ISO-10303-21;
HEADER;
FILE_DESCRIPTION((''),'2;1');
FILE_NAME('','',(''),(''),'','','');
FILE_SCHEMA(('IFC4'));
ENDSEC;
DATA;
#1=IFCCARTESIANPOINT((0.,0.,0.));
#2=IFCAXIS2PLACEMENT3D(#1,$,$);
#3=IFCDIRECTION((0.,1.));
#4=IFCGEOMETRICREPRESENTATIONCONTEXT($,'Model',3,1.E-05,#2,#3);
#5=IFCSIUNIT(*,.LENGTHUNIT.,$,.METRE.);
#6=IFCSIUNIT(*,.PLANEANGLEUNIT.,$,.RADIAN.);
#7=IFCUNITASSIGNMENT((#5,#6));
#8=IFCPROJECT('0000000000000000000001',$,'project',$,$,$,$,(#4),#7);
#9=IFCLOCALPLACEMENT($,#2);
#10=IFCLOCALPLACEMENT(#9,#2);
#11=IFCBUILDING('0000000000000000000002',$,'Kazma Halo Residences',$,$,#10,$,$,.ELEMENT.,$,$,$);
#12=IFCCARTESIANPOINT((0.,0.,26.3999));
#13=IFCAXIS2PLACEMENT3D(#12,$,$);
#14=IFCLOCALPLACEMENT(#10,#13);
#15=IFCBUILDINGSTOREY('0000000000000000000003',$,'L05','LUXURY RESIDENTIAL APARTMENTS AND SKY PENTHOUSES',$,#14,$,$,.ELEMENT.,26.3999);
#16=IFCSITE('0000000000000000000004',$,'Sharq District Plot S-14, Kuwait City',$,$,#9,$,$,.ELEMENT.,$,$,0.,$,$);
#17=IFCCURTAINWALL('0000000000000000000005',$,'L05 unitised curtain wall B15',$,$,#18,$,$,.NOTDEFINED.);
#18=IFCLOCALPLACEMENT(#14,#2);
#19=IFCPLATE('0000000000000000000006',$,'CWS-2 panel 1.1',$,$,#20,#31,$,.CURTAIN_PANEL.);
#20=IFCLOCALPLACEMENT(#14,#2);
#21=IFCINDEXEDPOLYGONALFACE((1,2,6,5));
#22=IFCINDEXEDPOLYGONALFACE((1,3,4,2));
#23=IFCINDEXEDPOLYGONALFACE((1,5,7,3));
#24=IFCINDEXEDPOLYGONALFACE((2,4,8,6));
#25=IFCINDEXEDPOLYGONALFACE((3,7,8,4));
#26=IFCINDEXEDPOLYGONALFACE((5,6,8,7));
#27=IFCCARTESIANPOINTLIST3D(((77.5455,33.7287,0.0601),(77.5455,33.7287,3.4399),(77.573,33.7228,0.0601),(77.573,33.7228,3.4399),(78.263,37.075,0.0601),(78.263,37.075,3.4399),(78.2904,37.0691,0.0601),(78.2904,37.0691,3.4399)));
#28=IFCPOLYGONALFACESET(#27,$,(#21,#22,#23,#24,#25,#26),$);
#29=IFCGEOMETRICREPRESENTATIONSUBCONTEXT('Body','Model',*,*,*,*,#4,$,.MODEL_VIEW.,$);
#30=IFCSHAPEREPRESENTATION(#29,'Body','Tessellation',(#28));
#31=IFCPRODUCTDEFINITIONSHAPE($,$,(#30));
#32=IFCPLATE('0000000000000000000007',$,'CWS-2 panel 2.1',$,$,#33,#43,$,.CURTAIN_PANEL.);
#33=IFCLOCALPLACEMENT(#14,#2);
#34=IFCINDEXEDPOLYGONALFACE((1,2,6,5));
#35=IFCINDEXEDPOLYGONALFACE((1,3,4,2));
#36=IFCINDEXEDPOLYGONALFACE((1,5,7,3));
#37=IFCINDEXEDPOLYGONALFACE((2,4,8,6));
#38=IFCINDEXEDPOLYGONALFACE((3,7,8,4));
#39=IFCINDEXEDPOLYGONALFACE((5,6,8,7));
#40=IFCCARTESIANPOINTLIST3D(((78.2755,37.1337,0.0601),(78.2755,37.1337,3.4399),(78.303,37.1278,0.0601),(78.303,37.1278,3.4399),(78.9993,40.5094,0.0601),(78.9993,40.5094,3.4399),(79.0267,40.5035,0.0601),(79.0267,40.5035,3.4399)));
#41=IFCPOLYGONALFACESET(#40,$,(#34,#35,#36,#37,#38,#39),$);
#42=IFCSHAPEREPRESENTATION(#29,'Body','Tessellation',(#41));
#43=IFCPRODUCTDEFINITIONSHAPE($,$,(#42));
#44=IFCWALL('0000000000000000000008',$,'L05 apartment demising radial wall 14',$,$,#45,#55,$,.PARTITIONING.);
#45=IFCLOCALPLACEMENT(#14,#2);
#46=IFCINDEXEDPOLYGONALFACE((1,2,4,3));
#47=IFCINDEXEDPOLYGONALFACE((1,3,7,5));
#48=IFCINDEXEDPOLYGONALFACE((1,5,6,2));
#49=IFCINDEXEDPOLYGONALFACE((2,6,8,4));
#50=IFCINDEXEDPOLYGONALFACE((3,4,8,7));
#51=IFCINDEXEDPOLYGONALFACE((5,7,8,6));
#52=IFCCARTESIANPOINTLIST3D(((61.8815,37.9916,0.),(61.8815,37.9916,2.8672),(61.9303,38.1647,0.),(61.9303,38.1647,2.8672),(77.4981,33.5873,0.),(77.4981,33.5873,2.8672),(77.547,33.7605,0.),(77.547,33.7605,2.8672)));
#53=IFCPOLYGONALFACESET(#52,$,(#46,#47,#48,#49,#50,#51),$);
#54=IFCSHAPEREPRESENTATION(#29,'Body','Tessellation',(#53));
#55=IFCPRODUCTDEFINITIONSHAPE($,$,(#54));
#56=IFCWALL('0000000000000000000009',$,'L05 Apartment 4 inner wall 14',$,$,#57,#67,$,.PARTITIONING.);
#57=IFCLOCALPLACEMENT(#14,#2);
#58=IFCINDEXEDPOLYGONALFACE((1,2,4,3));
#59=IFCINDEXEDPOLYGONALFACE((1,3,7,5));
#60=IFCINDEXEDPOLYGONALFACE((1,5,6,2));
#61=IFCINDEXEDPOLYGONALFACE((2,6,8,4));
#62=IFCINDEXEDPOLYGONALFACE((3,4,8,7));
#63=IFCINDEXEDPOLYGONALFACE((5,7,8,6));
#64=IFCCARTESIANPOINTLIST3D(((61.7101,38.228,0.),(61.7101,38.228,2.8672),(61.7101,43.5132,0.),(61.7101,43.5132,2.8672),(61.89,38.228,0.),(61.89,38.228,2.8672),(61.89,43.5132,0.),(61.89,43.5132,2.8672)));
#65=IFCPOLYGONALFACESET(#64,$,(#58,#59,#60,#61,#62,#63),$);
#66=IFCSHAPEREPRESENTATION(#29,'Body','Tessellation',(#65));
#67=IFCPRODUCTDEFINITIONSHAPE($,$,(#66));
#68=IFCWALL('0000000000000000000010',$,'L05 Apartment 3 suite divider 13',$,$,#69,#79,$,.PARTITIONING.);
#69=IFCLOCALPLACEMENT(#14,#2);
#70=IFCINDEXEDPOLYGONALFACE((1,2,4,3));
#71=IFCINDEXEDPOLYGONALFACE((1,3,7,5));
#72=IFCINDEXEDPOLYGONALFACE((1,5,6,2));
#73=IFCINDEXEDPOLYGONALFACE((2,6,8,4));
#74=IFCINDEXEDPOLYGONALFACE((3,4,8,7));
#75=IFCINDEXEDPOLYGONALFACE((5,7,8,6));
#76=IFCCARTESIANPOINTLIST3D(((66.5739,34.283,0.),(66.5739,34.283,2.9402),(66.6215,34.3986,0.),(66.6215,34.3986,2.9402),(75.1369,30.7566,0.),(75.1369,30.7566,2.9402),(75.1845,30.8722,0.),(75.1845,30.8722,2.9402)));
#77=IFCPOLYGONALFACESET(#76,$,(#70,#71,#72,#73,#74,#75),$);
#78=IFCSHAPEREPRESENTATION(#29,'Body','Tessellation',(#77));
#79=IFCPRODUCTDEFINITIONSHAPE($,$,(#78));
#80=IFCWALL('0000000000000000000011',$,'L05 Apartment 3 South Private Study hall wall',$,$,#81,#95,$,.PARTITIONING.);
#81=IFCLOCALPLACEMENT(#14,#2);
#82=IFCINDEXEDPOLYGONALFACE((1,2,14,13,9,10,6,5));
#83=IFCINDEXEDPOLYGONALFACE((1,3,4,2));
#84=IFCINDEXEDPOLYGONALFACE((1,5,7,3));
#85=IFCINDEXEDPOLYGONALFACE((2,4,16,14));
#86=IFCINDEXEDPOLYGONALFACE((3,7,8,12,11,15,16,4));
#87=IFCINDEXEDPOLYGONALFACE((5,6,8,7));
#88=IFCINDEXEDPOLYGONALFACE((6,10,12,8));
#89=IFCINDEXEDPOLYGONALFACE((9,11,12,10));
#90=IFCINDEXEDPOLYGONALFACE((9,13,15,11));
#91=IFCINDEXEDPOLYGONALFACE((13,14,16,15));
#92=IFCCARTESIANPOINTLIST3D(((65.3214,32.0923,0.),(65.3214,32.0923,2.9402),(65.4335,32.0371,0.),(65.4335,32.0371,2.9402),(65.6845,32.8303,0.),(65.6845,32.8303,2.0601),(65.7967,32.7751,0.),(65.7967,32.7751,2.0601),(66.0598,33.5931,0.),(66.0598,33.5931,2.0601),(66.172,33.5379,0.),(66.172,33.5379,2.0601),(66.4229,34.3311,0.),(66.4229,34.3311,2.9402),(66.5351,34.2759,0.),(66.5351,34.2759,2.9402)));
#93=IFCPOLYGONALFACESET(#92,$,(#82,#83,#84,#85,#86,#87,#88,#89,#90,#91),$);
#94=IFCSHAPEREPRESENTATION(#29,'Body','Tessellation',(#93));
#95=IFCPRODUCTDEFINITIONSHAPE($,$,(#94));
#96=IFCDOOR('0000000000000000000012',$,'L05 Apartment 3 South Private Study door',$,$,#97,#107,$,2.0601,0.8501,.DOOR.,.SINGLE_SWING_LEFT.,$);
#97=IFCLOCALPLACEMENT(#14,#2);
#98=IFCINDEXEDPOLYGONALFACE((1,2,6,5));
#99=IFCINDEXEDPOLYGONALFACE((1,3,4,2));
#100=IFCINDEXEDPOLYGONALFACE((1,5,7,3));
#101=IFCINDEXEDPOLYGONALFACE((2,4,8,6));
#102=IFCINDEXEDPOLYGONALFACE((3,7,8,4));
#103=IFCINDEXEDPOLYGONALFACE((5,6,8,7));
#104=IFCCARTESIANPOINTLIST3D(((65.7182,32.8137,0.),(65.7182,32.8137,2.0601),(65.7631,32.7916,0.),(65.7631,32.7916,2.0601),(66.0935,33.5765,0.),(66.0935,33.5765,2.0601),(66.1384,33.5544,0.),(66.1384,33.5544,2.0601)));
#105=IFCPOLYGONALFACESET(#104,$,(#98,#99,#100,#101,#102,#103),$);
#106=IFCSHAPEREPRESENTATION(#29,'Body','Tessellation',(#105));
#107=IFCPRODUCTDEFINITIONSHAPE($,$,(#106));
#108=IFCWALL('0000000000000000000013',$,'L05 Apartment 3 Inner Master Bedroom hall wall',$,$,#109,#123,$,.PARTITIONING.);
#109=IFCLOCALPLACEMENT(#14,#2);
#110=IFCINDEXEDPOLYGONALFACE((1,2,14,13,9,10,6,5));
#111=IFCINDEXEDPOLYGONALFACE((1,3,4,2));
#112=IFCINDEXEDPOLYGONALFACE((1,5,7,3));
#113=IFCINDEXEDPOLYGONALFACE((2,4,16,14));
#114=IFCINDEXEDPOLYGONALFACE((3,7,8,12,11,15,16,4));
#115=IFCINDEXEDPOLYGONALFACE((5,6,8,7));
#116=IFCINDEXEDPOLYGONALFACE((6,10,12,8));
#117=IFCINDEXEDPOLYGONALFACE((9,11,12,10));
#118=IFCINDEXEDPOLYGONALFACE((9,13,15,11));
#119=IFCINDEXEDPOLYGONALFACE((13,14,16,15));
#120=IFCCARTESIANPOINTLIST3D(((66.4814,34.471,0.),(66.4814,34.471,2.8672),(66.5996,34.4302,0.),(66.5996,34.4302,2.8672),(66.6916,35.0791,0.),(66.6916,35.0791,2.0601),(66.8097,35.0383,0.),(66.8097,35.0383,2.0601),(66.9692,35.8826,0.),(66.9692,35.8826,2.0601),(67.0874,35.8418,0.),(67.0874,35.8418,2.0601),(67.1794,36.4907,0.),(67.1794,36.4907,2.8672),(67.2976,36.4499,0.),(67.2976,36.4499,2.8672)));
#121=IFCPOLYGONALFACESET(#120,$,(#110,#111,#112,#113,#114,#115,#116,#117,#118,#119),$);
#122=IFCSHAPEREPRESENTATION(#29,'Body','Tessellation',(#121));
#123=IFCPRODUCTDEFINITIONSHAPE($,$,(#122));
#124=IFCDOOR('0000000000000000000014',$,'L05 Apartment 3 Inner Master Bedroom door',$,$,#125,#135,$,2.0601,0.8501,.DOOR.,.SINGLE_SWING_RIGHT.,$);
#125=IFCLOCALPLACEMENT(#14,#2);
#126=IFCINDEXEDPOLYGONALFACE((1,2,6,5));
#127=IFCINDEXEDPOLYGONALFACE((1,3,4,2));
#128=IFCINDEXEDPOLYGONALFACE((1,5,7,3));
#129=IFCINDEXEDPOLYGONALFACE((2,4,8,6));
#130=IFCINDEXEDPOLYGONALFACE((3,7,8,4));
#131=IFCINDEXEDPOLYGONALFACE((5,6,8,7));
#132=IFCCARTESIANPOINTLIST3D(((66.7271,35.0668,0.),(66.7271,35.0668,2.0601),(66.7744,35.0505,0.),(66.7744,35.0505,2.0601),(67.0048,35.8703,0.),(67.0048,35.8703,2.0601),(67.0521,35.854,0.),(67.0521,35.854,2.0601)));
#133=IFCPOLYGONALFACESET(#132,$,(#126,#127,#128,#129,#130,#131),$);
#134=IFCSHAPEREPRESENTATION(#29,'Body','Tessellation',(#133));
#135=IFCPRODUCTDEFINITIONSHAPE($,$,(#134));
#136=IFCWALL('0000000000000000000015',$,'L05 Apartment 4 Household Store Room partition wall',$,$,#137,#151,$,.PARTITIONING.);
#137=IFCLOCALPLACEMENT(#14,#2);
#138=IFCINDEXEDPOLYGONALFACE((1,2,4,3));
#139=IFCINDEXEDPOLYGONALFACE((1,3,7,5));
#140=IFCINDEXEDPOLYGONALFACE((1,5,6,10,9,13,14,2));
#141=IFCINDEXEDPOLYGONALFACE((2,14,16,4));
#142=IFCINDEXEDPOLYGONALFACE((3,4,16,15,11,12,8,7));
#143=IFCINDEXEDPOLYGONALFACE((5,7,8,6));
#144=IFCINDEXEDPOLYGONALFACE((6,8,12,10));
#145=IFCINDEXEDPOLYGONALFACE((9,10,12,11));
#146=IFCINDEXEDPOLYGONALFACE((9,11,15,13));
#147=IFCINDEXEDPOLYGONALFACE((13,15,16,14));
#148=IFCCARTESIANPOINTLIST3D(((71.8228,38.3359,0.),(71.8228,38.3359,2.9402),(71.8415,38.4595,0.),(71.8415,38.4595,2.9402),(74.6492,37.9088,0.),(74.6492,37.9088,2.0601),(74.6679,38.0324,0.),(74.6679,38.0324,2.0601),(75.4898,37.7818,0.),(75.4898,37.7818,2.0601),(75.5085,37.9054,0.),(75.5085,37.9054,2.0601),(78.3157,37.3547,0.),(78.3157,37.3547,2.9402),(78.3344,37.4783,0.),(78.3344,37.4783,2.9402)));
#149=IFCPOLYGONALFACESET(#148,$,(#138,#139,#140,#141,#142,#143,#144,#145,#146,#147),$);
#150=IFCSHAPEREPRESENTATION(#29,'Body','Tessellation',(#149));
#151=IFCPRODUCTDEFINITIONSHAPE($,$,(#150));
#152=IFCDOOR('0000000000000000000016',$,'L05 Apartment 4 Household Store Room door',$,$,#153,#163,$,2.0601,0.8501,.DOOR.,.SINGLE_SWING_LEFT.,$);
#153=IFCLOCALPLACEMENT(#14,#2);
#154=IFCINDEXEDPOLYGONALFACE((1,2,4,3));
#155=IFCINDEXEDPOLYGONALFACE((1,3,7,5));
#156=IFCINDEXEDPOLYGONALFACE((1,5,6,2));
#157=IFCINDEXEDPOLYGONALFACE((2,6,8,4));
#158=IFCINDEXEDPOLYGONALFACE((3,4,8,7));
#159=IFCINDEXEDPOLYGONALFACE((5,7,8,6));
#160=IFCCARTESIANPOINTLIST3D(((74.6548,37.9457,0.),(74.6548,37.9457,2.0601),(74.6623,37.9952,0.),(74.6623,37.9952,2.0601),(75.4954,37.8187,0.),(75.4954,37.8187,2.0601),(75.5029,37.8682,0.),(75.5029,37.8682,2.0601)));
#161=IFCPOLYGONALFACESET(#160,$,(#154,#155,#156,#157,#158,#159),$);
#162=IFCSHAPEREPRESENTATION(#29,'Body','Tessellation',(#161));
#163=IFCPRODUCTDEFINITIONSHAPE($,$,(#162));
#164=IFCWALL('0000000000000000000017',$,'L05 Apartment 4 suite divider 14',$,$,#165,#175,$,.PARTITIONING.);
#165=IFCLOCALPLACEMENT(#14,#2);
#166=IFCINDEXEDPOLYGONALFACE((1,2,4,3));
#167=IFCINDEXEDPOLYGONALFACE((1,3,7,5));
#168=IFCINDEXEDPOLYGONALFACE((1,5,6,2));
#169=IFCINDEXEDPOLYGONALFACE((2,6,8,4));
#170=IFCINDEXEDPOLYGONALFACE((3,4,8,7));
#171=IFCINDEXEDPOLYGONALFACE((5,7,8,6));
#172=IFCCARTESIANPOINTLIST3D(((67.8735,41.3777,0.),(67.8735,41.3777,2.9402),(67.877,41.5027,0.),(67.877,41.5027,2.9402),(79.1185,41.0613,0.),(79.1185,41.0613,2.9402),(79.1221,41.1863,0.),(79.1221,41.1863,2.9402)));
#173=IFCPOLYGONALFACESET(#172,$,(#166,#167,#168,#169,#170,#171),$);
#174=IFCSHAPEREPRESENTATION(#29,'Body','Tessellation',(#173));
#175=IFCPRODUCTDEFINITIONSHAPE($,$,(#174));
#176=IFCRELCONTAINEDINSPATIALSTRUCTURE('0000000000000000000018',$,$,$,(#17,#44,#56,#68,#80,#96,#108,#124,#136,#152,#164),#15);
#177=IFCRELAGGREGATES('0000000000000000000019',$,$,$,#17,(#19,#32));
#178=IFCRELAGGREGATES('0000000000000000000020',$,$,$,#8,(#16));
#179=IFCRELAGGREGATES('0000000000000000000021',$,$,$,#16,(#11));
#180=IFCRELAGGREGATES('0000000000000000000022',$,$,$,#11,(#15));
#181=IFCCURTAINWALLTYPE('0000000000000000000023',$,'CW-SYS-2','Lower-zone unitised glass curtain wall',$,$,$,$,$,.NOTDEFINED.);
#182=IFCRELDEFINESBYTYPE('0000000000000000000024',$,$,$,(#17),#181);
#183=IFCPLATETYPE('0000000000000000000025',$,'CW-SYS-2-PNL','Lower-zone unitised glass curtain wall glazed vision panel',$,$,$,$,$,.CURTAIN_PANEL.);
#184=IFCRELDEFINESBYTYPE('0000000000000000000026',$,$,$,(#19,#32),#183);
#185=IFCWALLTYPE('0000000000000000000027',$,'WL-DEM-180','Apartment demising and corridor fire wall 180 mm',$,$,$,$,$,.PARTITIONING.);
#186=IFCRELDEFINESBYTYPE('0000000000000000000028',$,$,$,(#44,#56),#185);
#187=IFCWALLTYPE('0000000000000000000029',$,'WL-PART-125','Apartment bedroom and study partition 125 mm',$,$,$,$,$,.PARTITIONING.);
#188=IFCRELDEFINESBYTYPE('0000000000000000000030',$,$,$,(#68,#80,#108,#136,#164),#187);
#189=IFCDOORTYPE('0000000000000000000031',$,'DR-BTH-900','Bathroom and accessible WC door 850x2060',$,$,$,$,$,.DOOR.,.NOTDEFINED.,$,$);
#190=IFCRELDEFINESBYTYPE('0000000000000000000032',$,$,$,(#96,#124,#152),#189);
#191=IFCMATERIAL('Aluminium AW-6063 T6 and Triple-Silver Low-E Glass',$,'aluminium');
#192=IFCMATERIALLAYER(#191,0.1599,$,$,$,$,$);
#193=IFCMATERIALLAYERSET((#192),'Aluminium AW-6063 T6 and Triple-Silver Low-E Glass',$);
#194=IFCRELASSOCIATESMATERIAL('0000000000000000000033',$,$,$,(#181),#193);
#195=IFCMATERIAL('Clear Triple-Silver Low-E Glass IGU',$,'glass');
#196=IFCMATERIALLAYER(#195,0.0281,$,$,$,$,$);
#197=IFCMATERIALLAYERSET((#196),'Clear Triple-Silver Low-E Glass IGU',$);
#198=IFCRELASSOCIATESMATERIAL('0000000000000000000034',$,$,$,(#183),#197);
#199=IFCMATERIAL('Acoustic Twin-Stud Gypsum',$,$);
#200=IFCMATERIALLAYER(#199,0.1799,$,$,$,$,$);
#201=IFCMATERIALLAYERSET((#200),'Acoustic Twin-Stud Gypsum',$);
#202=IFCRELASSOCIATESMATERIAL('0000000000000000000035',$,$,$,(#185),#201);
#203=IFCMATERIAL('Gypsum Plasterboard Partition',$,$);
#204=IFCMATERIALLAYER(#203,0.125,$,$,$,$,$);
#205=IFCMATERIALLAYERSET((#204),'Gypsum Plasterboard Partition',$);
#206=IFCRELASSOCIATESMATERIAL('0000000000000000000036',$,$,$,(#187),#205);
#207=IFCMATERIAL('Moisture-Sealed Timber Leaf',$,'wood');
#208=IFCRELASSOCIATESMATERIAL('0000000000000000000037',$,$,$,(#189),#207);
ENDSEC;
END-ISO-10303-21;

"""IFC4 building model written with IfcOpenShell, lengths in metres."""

from ifc_helpers import new_model, si_unit, direction, frame, frame_2d, origin, origin_2d, place, context, subcontext, project, spatial, rectangle, extrude, material, layer, layer_set, type_object, element, fill, aggregate, save


model = new_model("IFC4")

# Units and contexts
model_context = context("Model", 3, precision=1e-05, world=origin(), true_north=direction((0.0, 1.0)))
body_context = subcontext(model_context, "Body", "Model", "MODEL_VIEW")
ifc_project = project(units=[si_unit("LENGTHUNIT", "METRE"), si_unit("PLANEANGLEUNIT", "RADIAN")], contexts=[model_context])

# Site, building, storey
site_placement = place(None, origin())
site = spatial("IfcSite", under=ifc_project, at=site_placement, Name="Sharq District Plot S-14, Kuwait City", CompositionType="ELEMENT", RefElevation=0.0)
building_placement = place(site_placement, origin())
building = spatial("IfcBuilding", under=site, at=building_placement, Name="Kazma Halo Residences", CompositionType="ELEMENT")
storey_placement = place(building_placement, frame((0.0, 0.0, 26.3999)))
storey = spatial("IfcBuildingStorey", under=building, at=storey_placement, Name="L05", Description="LUXURY RESIDENTIAL APARTMENTS AND SKY PENTHOUSES", CompositionType="ELEMENT", Elevation=26.3999)

# Shared definitions
ifc_material_1 = material(Name="Aluminium AW-6063 T6 and Triple-Silver Low-E Glass", Category="aluminium")
ifc_layer_1 = layer(ifc_material_1, 0.1599)
ifc_layer_set_1 = layer_set([ifc_layer_1], Name="Aluminium AW-6063 T6 and Triple-Silver Low-E Glass")
curtain_wall_type = type_object("IfcCurtainWallType", Name="CW-SYS-2", Description="Lower-zone unitised glass curtain wall", PredefinedType="NOTDEFINED", material=ifc_layer_set_1)

# Curtain wall, plates
curtain_wall_1_placement = place(storey_placement, origin())
curtain_wall_1 = element("IfcCurtainWall", 1, at=curtain_wall_1_placement, inside=storey, type_object=curtain_wall_type, Name="L05 unitised curtain wall B15", PredefinedType="NOTDEFINED")
ifc_material_2 = material(Name="Clear Triple-Silver Low-E Glass IGU", Category="glass")
ifc_layer_2 = layer(ifc_material_2, 0.0281)
ifc_layer_set_2 = layer_set([ifc_layer_2], Name="Clear Triple-Silver Low-E Glass IGU")
plate_type = type_object("IfcPlateType", Name="CW-SYS-2-PNL", Description="Lower-zone unitised glass curtain wall glazed vision panel", PredefinedType="CURTAIN_PANEL", material=ifc_layer_set_2)
plate_1_placement = place(storey_placement, frame((77.918, 35.3989, 0.0601), z_axis=(0.0, 0.0, 1.0), x_axis=(0.209637, 0.977779, 0.0)))
plate_1 = element("IfcPlate", 2, at=plate_1_placement, type_object=plate_type, Name="CWS-2 panel 1.1", PredefinedType="CURTAIN_PANEL", context=body_context, shape_type="SweptSolid", body=[
    extrude(rectangle(XDim=3.4224, YDim=0.0281, at=origin_2d()), origin(), (0.0, 0.0, 1.0), 3.3799),
])
plate_2_placement = place(storey_placement, frame((78.6511, 38.8186, 0.0601), z_axis=(0.0, 0.0, 1.0), x_axis=(0.209637, 0.977779, 0.0)))
plate_2 = element("IfcPlate", 3, at=plate_2_placement, type_object=plate_type, Name="CWS-2 panel 2.1", PredefinedType="CURTAIN_PANEL", context=body_context, shape_type="SweptSolid", body=[
    extrude(rectangle(XDim=3.4524, YDim=0.0281, at=origin_2d()), origin(), (0.0, 0.0, 1.0), 3.3799),
])
aggregate(curtain_wall_1, [plate_1, plate_2])

# Walls
ifc_material_3 = material(Name="Acoustic Twin-Stud Gypsum")
ifc_layer_3 = layer(ifc_material_3, 0.1799)
ifc_layer_set_3 = layer_set([ifc_layer_3], Name="Acoustic Twin-Stud Gypsum")
wall_type_1 = type_object("IfcWallType", Name="WL-DEM-180", Description="Apartment demising and corridor fire wall 180 mm", PredefinedType="PARTITIONING", material=ifc_layer_set_3)
wall_1_placement = place(storey_placement, frame((61.906, 38.0781, 0.0), z_axis=(0.0, 0.0, 1.0), x_axis=(0.962456, -0.271437, 0.0)))
element("IfcWall", 4, at=wall_1_placement, inside=storey, type_object=wall_type_1, Name="L05 apartment demising radial wall 14", PredefinedType="PARTITIONING", context=body_context, shape_type="SweptSolid", body=[
    extrude(rectangle(XDim=16.2258, YDim=0.1799, at=frame_2d((8.1128, 0.0))), origin(), (0.0, 0.0, 1.0), 2.8672),
])
wall_2_placement = place(storey_placement, frame((61.8, 38.228, 0.0), z_axis=(0.0, 0.0, 1.0), x_axis=(0.0, 1.0, 0.0)))
element("IfcWall", 5, at=wall_2_placement, inside=storey, type_object=wall_type_1, Name="L05 Apartment 4 inner wall 14", PredefinedType="PARTITIONING", context=body_context, shape_type="SweptSolid", body=[
    extrude(rectangle(XDim=5.2852, YDim=0.1799, at=frame_2d((2.6426, 0.0))), origin(), (0.0, 0.0, 1.0), 2.8672),
])
ifc_material_4 = material(Name="Gypsum Plasterboard Partition")
ifc_layer_4 = layer(ifc_material_4, 0.125)
ifc_layer_set_4 = layer_set([ifc_layer_4], Name="Gypsum Plasterboard Partition")
wall_type_2 = type_object("IfcWallType", Name="WL-PART-125", Description="Apartment bedroom and study partition 125 mm", PredefinedType="PARTITIONING", material=ifc_layer_set_4)
wall_3_placement = place(storey_placement, frame((66.5977, 34.3408, 0.0), z_axis=(0.0, 0.0, 1.0), x_axis=(0.924662, -0.38079, 0.0)))
element("IfcWall", 6, at=wall_3_placement, inside=storey, type_object=wall_type_2, Name="L05 Apartment 3 suite divider 13", PredefinedType="PARTITIONING", context=body_context, shape_type="SweptSolid", body=[
    extrude(rectangle(XDim=9.2607, YDim=0.125, at=frame_2d((4.6304, 0.0))), origin(), (0.0, 0.0, 1.0), 2.9402),
])

# Walls, openings, doors
wall_4_placement = place(storey_placement, frame((65.3774, 32.0647, 0.0), z_axis=(0.0, 0.0, 1.0), x_axis=(0.44149, 0.897266, 0.0)))
wall_4 = element("IfcWall", 7, at=wall_4_placement, inside=storey, type_object=wall_type_2, Name="L05 Apartment 3 South Private Study hall wall", PredefinedType="PARTITIONING", context=body_context, shape_type="SweptSolid", body=[
    extrude(rectangle(XDim=2.4951, YDim=0.125, at=frame_2d((1.2476, 0.0))), origin(), (0.0, 0.0, 1.0), 2.9402),
])
opening_1_placement = place(wall_4_placement, frame((0.8225, 0.0, 0.0)))
opening_1 = element("IfcOpeningElement", 8, at=opening_1_placement, cuts=wall_4, PredefinedType="OPENING", context=body_context, shape_type="SweptSolid", body=[
    extrude(rectangle(XDim=0.8501, YDim=2.0601, at=frame_2d((0.425, 1.03))), frame((0.0, 0.0725, 0.0), z_axis=(0.0, -1.0, 0.0), x_axis=(1.0, 0.0, 0.0)), (0.0, 0.0, 1.0), 0.145),
])
ifc_material_5 = material(Name="Moisture-Sealed Timber Leaf", Category="wood")
door_type = type_object("IfcDoorType", Name="DR-BTH-900", Description="Bathroom and accessible WC door 850x2060", OperationType="NOTDEFINED", PredefinedType="DOOR", material=ifc_material_5)
door_1_placement = place(opening_1_placement, origin())
door_1 = element("IfcDoor", 9, at=door_1_placement, inside=storey, type_object=door_type, Name="L05 Apartment 3 South Private Study door", OperationType="SINGLE_SWING_LEFT", OverallHeight=2.0601, OverallWidth=0.8501, PredefinedType="DOOR", context=body_context, shape_type="SweptSolid", body=[
    extrude(rectangle(XDim=0.8501, YDim=2.0601, at=frame_2d((0.425, 1.03))), frame((0.0, 0.0249, 0.0), z_axis=(0.0, -1.0, 0.0), x_axis=(1.0, 0.0, 0.0)), (0.0, 0.0, 1.0), 0.05),
])
fill(opening_1, door_1)
wall_5_placement = place(storey_placement, frame((66.5405, 34.4507, 0.0), z_axis=(0.0, 0.0, 1.0), x_axis=(0.326628, 0.945153, 0.0)))
wall_5 = element("IfcWall", 10, at=wall_5_placement, inside=storey, type_object=wall_type_2, Name="L05 Apartment 3 Inner Master Bedroom hall wall", PredefinedType="PARTITIONING", context=body_context, shape_type="SweptSolid", body=[
    extrude(rectangle(XDim=2.137, YDim=0.125, at=frame_2d((1.0684, 0.0))), origin(), (0.0, 0.0, 1.0), 2.8672),
])
opening_2_placement = place(wall_5_placement, frame((0.6433, 0.0, 0.0)))
opening_2 = element("IfcOpeningElement", 11, at=opening_2_placement, cuts=wall_5, PredefinedType="OPENING", context=body_context, shape_type="SweptSolid", body=[
    extrude(rectangle(XDim=0.8501, YDim=2.0601, at=frame_2d((0.425, 1.03))), frame((0.0, 0.0725, 0.0), z_axis=(0.0, -1.0, 0.0), x_axis=(1.0, 0.0, 0.0)), (0.0, 0.0, 1.0), 0.145),
])
door_2_placement = place(opening_2_placement, origin())
door_2 = element("IfcDoor", 12, at=door_2_placement, inside=storey, type_object=door_type, Name="L05 Apartment 3 Inner Master Bedroom door", OperationType="SINGLE_SWING_RIGHT", OverallHeight=2.0601, OverallWidth=0.8501, PredefinedType="DOOR", context=body_context, shape_type="SweptSolid", body=[
    extrude(rectangle(XDim=0.8501, YDim=2.0601, at=frame_2d((0.425, 1.03))), frame((0.0, 0.0249, 0.0), z_axis=(0.0, -1.0, 0.0), x_axis=(1.0, 0.0, 0.0)), (0.0, 0.0, 1.0), 0.05),
])
fill(opening_2, door_2)
wall_6_placement = place(storey_placement, frame((71.8323, 38.3977, 0.0), z_axis=(0.0, 0.0, 1.0), x_axis=(0.988774, -0.149422, 0.0)))
wall_6 = element("IfcWall", 13, at=wall_6_placement, inside=storey, type_object=wall_type_2, Name="L05 Apartment 4 Household Store Room partition wall", PredefinedType="PARTITIONING", context=body_context, shape_type="SweptSolid", body=[
    extrude(rectangle(XDim=6.5667, YDim=0.125, at=frame_2d((3.2832, 0.0))), origin(), (0.0, 0.0, 1.0), 2.9402),
])
opening_3_placement = place(wall_6_placement, frame((2.8584, 0.0, 0.0)))
opening_3 = element("IfcOpeningElement", 14, at=opening_3_placement, cuts=wall_6, PredefinedType="OPENING", context=body_context, shape_type="SweptSolid", body=[
    extrude(rectangle(XDim=0.8501, YDim=2.0601, at=frame_2d((0.425, 1.03))), frame((0.0, 0.0725, 0.0), z_axis=(0.0, -1.0, 0.0), x_axis=(1.0, 0.0, 0.0)), (0.0, 0.0, 1.0), 0.145),
])
door_3_placement = place(opening_3_placement, origin())
door_3 = element("IfcDoor", 15, at=door_3_placement, inside=storey, type_object=door_type, Name="L05 Apartment 4 Household Store Room door", OperationType="SINGLE_SWING_LEFT", OverallHeight=2.0601, OverallWidth=0.8501, PredefinedType="DOOR", context=body_context, shape_type="SweptSolid", body=[
    extrude(rectangle(XDim=0.8501, YDim=2.0601, at=frame_2d((0.425, 1.03))), frame((0.0, 0.0249, 0.0), z_axis=(0.0, -1.0, 0.0), x_axis=(1.0, 0.0, 0.0)), (0.0, 0.0, 1.0), 0.05),
])
fill(opening_3, door_3)

# Wall
wall_7_placement = place(storey_placement, frame((67.8752, 41.4402, 0.0), z_axis=(0.0, 0.0, 1.0), x_axis=(0.999604, -0.028126, 0.0)))
element("IfcWall", 16, at=wall_7_placement, inside=storey, type_object=wall_type_2, Name="L05 Apartment 4 suite divider 14", PredefinedType="PARTITIONING", context=body_context, shape_type="SweptSolid", body=[
    extrude(rectangle(XDim=11.2495, YDim=0.125, at=frame_2d((5.6248, 0.0))), origin(), (0.0, 0.0, 1.0), 2.9402),
])

save(model, "model.ifc")
